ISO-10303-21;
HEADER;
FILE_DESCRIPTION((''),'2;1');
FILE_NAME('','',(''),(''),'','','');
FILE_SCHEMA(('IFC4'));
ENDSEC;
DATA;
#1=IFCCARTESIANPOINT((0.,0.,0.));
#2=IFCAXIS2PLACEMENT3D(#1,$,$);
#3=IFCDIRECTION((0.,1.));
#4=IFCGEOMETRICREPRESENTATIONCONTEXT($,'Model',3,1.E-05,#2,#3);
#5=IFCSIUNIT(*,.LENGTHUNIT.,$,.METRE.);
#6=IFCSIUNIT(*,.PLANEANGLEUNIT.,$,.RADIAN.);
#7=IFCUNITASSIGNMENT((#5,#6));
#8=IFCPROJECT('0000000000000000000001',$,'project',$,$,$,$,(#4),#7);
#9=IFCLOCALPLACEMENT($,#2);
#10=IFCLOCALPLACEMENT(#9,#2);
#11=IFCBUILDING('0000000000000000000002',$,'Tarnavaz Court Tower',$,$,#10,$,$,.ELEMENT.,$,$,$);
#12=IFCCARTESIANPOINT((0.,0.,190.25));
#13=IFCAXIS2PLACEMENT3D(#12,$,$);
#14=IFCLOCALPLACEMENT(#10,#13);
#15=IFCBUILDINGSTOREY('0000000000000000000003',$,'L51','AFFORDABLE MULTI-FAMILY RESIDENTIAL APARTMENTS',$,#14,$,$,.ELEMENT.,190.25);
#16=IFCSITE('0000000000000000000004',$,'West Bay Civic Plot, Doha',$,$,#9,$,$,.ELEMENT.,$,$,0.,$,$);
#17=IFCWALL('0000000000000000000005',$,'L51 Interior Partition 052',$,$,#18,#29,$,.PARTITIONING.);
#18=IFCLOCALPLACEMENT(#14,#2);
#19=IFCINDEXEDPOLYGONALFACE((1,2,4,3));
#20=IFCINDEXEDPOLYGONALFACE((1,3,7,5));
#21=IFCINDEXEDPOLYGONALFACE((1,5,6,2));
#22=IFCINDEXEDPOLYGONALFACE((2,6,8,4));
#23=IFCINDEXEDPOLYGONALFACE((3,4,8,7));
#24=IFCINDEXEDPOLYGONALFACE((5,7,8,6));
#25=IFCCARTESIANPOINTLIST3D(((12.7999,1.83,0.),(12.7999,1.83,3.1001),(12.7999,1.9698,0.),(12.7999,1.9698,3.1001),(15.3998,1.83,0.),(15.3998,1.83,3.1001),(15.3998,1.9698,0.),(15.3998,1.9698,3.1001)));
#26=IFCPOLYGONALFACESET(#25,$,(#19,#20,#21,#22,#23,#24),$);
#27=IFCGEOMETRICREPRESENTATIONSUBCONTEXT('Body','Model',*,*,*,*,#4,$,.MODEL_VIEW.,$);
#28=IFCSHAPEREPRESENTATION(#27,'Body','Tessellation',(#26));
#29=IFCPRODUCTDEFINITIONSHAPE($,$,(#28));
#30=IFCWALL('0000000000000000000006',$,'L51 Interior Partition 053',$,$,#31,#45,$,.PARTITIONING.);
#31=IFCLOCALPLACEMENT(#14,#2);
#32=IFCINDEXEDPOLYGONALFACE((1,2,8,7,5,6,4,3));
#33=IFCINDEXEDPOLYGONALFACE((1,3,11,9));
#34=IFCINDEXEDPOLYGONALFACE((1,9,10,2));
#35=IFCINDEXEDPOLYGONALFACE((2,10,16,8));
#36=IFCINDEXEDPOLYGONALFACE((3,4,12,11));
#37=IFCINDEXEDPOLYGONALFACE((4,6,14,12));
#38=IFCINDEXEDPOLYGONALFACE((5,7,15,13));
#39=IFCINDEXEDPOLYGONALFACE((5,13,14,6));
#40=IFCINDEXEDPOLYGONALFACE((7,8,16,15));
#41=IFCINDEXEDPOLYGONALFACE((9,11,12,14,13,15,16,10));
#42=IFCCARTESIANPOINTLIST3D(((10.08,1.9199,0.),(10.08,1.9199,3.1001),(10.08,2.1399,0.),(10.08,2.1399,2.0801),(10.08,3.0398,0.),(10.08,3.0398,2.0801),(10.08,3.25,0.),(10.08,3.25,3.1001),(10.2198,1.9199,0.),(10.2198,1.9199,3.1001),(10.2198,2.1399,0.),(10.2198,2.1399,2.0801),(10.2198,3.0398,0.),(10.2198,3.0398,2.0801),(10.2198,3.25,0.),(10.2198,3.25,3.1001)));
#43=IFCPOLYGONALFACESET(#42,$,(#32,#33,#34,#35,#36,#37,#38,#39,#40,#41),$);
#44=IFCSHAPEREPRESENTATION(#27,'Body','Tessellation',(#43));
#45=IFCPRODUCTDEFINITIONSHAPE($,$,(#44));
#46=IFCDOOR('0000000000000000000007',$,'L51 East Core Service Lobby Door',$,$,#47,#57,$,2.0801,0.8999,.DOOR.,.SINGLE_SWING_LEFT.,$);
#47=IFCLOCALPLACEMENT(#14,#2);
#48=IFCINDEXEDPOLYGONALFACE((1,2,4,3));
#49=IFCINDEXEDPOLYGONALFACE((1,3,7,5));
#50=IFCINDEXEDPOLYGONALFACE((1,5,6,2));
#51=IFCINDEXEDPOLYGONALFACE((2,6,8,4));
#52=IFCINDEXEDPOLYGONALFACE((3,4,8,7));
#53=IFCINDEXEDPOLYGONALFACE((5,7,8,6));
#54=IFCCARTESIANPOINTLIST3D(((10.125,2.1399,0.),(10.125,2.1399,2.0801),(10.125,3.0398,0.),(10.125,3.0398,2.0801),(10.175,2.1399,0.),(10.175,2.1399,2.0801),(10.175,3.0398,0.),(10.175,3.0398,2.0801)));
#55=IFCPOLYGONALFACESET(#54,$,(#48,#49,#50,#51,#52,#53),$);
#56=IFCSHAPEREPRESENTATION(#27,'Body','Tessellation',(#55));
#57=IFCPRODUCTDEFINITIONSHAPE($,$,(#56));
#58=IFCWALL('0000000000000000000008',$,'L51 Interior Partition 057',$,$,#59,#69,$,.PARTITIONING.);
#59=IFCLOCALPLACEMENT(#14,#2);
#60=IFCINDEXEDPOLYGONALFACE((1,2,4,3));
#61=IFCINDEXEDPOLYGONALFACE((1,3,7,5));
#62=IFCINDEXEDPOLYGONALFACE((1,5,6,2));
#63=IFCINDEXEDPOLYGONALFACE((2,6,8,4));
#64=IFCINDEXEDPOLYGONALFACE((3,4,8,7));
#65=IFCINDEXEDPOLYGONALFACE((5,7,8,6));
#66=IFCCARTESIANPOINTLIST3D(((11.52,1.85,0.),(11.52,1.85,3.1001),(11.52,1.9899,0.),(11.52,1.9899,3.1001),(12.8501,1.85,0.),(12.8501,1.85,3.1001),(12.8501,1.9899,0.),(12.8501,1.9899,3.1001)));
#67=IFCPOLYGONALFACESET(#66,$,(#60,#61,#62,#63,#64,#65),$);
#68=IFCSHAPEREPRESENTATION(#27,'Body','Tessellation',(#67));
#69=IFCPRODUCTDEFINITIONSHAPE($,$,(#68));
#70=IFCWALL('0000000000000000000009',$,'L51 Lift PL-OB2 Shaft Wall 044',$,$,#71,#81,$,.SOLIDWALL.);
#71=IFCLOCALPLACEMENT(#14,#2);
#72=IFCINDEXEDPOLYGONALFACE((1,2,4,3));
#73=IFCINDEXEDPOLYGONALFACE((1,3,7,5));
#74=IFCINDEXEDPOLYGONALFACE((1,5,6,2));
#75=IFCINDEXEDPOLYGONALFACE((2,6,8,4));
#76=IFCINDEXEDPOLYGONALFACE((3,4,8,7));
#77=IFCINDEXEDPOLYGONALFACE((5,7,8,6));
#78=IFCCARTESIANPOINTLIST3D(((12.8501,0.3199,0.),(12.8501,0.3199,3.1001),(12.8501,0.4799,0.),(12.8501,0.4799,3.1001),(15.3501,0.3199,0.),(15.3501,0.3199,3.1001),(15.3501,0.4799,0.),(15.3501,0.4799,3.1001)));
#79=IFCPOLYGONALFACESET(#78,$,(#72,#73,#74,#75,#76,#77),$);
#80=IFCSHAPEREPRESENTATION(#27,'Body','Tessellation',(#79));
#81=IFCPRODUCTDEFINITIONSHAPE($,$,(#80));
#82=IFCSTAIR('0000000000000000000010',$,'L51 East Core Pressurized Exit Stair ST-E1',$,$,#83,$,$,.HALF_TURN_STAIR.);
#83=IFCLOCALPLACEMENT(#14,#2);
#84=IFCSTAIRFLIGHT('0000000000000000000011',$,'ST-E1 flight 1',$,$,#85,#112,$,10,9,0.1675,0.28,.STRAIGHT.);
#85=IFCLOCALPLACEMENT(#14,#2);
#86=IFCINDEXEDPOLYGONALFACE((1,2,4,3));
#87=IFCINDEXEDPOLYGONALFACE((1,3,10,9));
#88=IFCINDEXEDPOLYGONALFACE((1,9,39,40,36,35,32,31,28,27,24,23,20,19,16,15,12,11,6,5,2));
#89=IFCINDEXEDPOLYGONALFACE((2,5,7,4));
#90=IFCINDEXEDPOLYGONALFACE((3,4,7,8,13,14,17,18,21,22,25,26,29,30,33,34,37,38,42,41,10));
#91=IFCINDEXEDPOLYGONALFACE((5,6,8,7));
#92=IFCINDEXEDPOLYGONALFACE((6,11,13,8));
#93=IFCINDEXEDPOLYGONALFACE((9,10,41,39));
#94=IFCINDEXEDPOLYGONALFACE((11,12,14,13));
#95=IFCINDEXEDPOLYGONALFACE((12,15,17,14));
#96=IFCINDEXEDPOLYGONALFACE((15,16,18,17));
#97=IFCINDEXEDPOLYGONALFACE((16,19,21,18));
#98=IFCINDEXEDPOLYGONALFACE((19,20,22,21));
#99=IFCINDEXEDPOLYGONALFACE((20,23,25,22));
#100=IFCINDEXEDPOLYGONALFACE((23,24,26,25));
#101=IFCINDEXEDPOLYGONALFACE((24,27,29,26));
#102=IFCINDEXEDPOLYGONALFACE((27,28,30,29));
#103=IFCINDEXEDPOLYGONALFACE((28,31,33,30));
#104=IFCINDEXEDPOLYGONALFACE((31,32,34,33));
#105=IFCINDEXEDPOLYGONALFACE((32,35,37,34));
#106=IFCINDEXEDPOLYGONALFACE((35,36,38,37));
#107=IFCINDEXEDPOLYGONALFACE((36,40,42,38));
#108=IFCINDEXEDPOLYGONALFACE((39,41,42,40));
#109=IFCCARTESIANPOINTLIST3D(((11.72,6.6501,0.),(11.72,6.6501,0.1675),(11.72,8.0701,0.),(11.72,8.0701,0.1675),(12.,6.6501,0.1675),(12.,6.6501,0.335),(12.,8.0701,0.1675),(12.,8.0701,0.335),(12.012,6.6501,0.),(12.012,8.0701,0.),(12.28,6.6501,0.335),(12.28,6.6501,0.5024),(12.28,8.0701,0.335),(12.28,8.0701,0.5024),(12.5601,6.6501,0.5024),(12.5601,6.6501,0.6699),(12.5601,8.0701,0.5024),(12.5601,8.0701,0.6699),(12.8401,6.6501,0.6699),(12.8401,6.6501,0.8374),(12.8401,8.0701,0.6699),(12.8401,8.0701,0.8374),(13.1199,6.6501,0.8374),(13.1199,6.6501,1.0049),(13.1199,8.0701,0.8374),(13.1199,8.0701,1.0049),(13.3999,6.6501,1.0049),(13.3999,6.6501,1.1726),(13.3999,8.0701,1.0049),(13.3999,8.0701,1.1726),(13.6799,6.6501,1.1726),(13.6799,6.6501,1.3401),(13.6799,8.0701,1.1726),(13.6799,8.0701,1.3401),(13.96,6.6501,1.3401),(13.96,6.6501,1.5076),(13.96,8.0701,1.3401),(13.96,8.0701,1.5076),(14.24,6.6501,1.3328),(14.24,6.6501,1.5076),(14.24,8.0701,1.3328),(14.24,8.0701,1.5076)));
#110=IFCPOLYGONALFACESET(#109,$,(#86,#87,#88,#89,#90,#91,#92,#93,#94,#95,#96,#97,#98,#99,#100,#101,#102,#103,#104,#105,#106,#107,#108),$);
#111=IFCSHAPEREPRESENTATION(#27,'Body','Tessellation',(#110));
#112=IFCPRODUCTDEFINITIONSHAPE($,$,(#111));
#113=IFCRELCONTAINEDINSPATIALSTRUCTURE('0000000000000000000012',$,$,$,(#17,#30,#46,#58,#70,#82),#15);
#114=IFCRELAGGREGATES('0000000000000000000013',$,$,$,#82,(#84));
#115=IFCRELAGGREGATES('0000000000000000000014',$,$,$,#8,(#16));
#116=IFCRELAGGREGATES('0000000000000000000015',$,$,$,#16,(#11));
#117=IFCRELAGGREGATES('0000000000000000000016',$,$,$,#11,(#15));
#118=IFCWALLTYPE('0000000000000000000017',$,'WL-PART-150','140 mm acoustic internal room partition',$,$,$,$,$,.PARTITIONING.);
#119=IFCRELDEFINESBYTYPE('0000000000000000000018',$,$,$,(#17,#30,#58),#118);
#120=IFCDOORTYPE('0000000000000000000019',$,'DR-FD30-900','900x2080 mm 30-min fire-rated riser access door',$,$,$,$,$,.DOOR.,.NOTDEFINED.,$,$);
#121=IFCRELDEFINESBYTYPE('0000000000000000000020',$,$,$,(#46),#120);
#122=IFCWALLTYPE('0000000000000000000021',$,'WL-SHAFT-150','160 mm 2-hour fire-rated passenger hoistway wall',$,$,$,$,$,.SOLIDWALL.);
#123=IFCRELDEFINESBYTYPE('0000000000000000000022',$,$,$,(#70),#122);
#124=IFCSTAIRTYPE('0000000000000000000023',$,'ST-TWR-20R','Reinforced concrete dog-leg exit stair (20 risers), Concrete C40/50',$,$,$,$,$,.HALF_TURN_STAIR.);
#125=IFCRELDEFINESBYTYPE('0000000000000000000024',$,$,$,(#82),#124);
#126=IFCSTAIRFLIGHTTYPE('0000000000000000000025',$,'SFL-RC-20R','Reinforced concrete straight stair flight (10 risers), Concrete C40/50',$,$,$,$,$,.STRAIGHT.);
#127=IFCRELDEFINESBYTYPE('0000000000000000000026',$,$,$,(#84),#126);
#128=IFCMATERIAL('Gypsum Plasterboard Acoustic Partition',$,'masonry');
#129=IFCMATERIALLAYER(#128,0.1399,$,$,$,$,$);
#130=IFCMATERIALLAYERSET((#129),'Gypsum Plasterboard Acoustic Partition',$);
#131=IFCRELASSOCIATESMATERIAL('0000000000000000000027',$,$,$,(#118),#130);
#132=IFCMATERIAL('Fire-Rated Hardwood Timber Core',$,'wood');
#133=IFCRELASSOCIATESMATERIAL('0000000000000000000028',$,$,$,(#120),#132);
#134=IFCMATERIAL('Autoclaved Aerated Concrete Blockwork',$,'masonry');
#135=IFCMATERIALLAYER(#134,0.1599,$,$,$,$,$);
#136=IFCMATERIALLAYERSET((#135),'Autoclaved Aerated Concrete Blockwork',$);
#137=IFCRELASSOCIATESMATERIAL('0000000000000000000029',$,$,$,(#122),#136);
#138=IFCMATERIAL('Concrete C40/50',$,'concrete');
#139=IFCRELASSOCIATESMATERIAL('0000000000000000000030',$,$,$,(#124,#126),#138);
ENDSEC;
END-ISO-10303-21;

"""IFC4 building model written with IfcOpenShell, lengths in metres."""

from ifc_helpers import new_model, si_unit, direction, frame, frame_2d, origin, place, context, subcontext, project, spatial, polyline, rectangle, outline, extrude, material, layer, layer_set, type_object, element, fill, aggregate, save


model = new_model("IFC4")

# Units and contexts
model_context = context("Model", 3, precision=1e-05, world=origin(), true_north=direction((0.0, 1.0)))
body_context = subcontext(model_context, "Body", "Model", "MODEL_VIEW")
ifc_project = project(units=[si_unit("LENGTHUNIT", "METRE"), si_unit("PLANEANGLEUNIT", "RADIAN")], contexts=[model_context])

# Site, building, storey
site_placement = place(None, origin())
site = spatial("IfcSite", under=ifc_project, at=site_placement, Name="West Bay Civic Plot, Doha", CompositionType="ELEMENT", RefElevation=0.0)
building_placement = place(site_placement, origin())
building = spatial("IfcBuilding", under=site, at=building_placement, Name="Tarnavaz Court Tower", CompositionType="ELEMENT")
storey_placement = place(building_placement, frame((0.0, 0.0, 190.25)))
storey = spatial("IfcBuildingStorey", under=building, at=storey_placement, Name="L51", Description="AFFORDABLE MULTI-FAMILY RESIDENTIAL APARTMENTS", CompositionType="ELEMENT", Elevation=190.25)

# Shared definitions
ifc_material_1 = material(Name="Autoclaved Aerated Concrete Blockwork", Category="masonry")

# Shared definitions
ifc_material_2 = material(Name="Fire-Rated Hardwood Timber Core", Category="wood")

# Wall
ifc_material_3 = material(Name="Gypsum Plasterboard Acoustic Partition", Category="masonry")
ifc_layer_1 = layer(ifc_material_3, 0.1399)
ifc_layer_set_1 = layer_set([ifc_layer_1], Name="Gypsum Plasterboard Acoustic Partition")
wall_type_1 = type_object("IfcWallType", Name="WL-PART-150", Description="140 mm acoustic internal room partition", PredefinedType="PARTITIONING", material=ifc_layer_set_1)
wall_1_placement = place(storey_placement, frame((12.8, 1.8999, 0.0), z_axis=(0.0, 0.0, 1.0), x_axis=(1.0, 0.0, 0.0)))
element("IfcWall", 1, at=wall_1_placement, inside=storey, type_object=wall_type_1, Name="L51 Interior Partition 052", PredefinedType="PARTITIONING", context=body_context, shape_type="SweptSolid", body=[
    extrude(rectangle(XDim=2.5999, YDim=0.1399, at=frame_2d((1.2998, 0.0))), origin(), (0.0, 0.0, 1.0), 3.1001),
])

# Wall, opening, door
wall_2_placement = place(storey_placement, frame((10.1499, 1.9199, 0.0), z_axis=(0.0, 0.0, 1.0), x_axis=(0.0, 1.0, 0.0)))
wall_2 = element("IfcWall", 2, at=wall_2_placement, inside=storey, type_object=wall_type_1, Name="L51 Interior Partition 053", PredefinedType="PARTITIONING", context=body_context, shape_type="SweptSolid", body=[
    extrude(rectangle(XDim=1.3301, YDim=0.1399, at=frame_2d((0.665, 0.0))), origin(), (0.0, 0.0, 1.0), 3.1001),
])
opening_1_placement = place(wall_2_placement, frame((0.22, 0.0, 0.0)))
opening_1 = element("IfcOpeningElement", 3, at=opening_1_placement, cuts=wall_2, PredefinedType="OPENING", context=body_context, shape_type="SweptSolid", body=[
    extrude(rectangle(XDim=0.8999, YDim=2.0801, at=frame_2d((0.45, 1.04))), frame((0.0, 0.0798, 0.0), z_axis=(0.0, -1.0, 0.0), x_axis=(1.0, 0.0, 0.0)), (0.0, 0.0, 1.0), 0.1599),
])
door_type_1 = type_object("IfcDoorType", Name="DR-FD30-900", Description="900x2080 mm 30-min fire-rated riser access door", OperationType="NOTDEFINED", PredefinedType="DOOR", material=ifc_material_2)
door_1_placement = place(opening_1_placement, origin())
door_1 = element("IfcDoor", 4, at=door_1_placement, inside=storey, type_object=door_type_1, Name="L51 East Core Service Lobby Door", OperationType="SINGLE_SWING_LEFT", OverallHeight=2.0801, OverallWidth=0.8999, PredefinedType="DOOR", context=body_context, shape_type="SweptSolid", body=[
    extrude(rectangle(XDim=0.8999, YDim=2.0801, at=frame_2d((0.45, 1.04))), frame((0.0, 0.0249, 0.0), z_axis=(0.0, -1.0, 0.0), x_axis=(1.0, 0.0, 0.0)), (0.0, 0.0, 1.0), 0.05),
])
fill(opening_1, door_1)

# Walls
wall_3_placement = place(storey_placement, frame((11.52, 1.9199, 0.0), z_axis=(0.0, 0.0, 1.0), x_axis=(1.0, 0.0, 0.0)))
element("IfcWall", 5, at=wall_3_placement, inside=storey, type_object=wall_type_1, Name="L51 Interior Partition 057", PredefinedType="PARTITIONING", context=body_context, shape_type="SweptSolid", body=[
    extrude(rectangle(XDim=1.3301, YDim=0.1399, at=frame_2d((0.665, 0.0))), origin(), (0.0, 0.0, 1.0), 3.1001),
])
ifc_layer_2 = layer(ifc_material_1, 0.1599)
ifc_layer_set_2 = layer_set([ifc_layer_2], Name="Autoclaved Aerated Concrete Blockwork")
wall_type_2 = type_object("IfcWallType", Name="WL-SHAFT-150", Description="160 mm 2-hour fire-rated passenger hoistway wall", PredefinedType="SOLIDWALL", material=ifc_layer_set_2)
wall_4_placement = place(storey_placement, frame((12.8501, 0.3999, 0.0), z_axis=(0.0, 0.0, 1.0), x_axis=(1.0, 0.0, 0.0)))
element("IfcWall", 6, at=wall_4_placement, inside=storey, type_object=wall_type_2, Name="L51 Lift PL-OB2 Shaft Wall 044", PredefinedType="SOLIDWALL", context=body_context, shape_type="SweptSolid", body=[
    extrude(rectangle(XDim=2.5, YDim=0.1599, at=frame_2d((1.25, 0.0))), origin(), (0.0, 0.0, 1.0), 3.1001),
])

# Stair, stair flight
ifc_material_4 = material(Name="Concrete C40/50", Category="concrete")
stair_type = type_object("IfcStairType", Name="ST-TWR-20R", Description="Reinforced concrete dog-leg exit stair (20 risers), Concrete C40/50", PredefinedType="HALF_TURN_STAIR", material=ifc_material_4)
stair_placement = place(storey_placement, origin())
stair = element("IfcStair", 7, at=stair_placement, inside=storey, type_object=stair_type, Name="L51 East Core Pressurized Exit Stair ST-E1", PredefinedType="HALF_TURN_STAIR")
stair_flight_type = type_object("IfcStairFlightType", Name="SFL-RC-20R", Description="Reinforced concrete straight stair flight (10 risers), Concrete C40/50", PredefinedType="STRAIGHT", material=ifc_material_4)
stair_flight_placement = place(storey_placement, frame((11.72, 7.3601, 0.0), z_axis=(0.0, 0.0, 1.0), x_axis=(1.0, 0.0, 0.0)))
stair_flight = element("IfcStairFlight", 8, at=stair_flight_placement, type_object=stair_flight_type, Name="ST-E1 flight 1", NumberOfRisers=10, NumberOfTreads=9, PredefinedType="STRAIGHT", RiserHeight=0.1675, TreadLength=0.28, context=body_context, shape_type="SweptSolid", body=[
    extrude(outline(polyline([(0.0, 0.0), (0.0, 0.1675), (0.28, 0.1675), (0.28, 0.335), (0.5601, 0.335), (0.5601, 0.5024), (0.8401, 0.5024), (0.8401, 0.6699), (1.1201, 0.6699), (1.1201, 0.8374), (1.3999, 0.8374), (1.3999, 1.0049), (1.6799, 1.0049), (1.6799, 1.1726), (1.96, 1.1726), (1.96, 1.3401), (2.24, 1.3401), (2.24, 1.5076), (2.52, 1.5076), (2.52, 1.675), (2.52, 1.3328), (0.292, 0.0), (0.0, 0.0)])), frame((0.0, 0.71, 0.0), z_axis=(0.0, -1.0, 0.0), x_axis=(1.0, 0.0, 0.0)), (0.0, 0.0, 1.0), 1.4199),
])
aggregate(stair, [stair_flight])

save(model, "model.ifc")
